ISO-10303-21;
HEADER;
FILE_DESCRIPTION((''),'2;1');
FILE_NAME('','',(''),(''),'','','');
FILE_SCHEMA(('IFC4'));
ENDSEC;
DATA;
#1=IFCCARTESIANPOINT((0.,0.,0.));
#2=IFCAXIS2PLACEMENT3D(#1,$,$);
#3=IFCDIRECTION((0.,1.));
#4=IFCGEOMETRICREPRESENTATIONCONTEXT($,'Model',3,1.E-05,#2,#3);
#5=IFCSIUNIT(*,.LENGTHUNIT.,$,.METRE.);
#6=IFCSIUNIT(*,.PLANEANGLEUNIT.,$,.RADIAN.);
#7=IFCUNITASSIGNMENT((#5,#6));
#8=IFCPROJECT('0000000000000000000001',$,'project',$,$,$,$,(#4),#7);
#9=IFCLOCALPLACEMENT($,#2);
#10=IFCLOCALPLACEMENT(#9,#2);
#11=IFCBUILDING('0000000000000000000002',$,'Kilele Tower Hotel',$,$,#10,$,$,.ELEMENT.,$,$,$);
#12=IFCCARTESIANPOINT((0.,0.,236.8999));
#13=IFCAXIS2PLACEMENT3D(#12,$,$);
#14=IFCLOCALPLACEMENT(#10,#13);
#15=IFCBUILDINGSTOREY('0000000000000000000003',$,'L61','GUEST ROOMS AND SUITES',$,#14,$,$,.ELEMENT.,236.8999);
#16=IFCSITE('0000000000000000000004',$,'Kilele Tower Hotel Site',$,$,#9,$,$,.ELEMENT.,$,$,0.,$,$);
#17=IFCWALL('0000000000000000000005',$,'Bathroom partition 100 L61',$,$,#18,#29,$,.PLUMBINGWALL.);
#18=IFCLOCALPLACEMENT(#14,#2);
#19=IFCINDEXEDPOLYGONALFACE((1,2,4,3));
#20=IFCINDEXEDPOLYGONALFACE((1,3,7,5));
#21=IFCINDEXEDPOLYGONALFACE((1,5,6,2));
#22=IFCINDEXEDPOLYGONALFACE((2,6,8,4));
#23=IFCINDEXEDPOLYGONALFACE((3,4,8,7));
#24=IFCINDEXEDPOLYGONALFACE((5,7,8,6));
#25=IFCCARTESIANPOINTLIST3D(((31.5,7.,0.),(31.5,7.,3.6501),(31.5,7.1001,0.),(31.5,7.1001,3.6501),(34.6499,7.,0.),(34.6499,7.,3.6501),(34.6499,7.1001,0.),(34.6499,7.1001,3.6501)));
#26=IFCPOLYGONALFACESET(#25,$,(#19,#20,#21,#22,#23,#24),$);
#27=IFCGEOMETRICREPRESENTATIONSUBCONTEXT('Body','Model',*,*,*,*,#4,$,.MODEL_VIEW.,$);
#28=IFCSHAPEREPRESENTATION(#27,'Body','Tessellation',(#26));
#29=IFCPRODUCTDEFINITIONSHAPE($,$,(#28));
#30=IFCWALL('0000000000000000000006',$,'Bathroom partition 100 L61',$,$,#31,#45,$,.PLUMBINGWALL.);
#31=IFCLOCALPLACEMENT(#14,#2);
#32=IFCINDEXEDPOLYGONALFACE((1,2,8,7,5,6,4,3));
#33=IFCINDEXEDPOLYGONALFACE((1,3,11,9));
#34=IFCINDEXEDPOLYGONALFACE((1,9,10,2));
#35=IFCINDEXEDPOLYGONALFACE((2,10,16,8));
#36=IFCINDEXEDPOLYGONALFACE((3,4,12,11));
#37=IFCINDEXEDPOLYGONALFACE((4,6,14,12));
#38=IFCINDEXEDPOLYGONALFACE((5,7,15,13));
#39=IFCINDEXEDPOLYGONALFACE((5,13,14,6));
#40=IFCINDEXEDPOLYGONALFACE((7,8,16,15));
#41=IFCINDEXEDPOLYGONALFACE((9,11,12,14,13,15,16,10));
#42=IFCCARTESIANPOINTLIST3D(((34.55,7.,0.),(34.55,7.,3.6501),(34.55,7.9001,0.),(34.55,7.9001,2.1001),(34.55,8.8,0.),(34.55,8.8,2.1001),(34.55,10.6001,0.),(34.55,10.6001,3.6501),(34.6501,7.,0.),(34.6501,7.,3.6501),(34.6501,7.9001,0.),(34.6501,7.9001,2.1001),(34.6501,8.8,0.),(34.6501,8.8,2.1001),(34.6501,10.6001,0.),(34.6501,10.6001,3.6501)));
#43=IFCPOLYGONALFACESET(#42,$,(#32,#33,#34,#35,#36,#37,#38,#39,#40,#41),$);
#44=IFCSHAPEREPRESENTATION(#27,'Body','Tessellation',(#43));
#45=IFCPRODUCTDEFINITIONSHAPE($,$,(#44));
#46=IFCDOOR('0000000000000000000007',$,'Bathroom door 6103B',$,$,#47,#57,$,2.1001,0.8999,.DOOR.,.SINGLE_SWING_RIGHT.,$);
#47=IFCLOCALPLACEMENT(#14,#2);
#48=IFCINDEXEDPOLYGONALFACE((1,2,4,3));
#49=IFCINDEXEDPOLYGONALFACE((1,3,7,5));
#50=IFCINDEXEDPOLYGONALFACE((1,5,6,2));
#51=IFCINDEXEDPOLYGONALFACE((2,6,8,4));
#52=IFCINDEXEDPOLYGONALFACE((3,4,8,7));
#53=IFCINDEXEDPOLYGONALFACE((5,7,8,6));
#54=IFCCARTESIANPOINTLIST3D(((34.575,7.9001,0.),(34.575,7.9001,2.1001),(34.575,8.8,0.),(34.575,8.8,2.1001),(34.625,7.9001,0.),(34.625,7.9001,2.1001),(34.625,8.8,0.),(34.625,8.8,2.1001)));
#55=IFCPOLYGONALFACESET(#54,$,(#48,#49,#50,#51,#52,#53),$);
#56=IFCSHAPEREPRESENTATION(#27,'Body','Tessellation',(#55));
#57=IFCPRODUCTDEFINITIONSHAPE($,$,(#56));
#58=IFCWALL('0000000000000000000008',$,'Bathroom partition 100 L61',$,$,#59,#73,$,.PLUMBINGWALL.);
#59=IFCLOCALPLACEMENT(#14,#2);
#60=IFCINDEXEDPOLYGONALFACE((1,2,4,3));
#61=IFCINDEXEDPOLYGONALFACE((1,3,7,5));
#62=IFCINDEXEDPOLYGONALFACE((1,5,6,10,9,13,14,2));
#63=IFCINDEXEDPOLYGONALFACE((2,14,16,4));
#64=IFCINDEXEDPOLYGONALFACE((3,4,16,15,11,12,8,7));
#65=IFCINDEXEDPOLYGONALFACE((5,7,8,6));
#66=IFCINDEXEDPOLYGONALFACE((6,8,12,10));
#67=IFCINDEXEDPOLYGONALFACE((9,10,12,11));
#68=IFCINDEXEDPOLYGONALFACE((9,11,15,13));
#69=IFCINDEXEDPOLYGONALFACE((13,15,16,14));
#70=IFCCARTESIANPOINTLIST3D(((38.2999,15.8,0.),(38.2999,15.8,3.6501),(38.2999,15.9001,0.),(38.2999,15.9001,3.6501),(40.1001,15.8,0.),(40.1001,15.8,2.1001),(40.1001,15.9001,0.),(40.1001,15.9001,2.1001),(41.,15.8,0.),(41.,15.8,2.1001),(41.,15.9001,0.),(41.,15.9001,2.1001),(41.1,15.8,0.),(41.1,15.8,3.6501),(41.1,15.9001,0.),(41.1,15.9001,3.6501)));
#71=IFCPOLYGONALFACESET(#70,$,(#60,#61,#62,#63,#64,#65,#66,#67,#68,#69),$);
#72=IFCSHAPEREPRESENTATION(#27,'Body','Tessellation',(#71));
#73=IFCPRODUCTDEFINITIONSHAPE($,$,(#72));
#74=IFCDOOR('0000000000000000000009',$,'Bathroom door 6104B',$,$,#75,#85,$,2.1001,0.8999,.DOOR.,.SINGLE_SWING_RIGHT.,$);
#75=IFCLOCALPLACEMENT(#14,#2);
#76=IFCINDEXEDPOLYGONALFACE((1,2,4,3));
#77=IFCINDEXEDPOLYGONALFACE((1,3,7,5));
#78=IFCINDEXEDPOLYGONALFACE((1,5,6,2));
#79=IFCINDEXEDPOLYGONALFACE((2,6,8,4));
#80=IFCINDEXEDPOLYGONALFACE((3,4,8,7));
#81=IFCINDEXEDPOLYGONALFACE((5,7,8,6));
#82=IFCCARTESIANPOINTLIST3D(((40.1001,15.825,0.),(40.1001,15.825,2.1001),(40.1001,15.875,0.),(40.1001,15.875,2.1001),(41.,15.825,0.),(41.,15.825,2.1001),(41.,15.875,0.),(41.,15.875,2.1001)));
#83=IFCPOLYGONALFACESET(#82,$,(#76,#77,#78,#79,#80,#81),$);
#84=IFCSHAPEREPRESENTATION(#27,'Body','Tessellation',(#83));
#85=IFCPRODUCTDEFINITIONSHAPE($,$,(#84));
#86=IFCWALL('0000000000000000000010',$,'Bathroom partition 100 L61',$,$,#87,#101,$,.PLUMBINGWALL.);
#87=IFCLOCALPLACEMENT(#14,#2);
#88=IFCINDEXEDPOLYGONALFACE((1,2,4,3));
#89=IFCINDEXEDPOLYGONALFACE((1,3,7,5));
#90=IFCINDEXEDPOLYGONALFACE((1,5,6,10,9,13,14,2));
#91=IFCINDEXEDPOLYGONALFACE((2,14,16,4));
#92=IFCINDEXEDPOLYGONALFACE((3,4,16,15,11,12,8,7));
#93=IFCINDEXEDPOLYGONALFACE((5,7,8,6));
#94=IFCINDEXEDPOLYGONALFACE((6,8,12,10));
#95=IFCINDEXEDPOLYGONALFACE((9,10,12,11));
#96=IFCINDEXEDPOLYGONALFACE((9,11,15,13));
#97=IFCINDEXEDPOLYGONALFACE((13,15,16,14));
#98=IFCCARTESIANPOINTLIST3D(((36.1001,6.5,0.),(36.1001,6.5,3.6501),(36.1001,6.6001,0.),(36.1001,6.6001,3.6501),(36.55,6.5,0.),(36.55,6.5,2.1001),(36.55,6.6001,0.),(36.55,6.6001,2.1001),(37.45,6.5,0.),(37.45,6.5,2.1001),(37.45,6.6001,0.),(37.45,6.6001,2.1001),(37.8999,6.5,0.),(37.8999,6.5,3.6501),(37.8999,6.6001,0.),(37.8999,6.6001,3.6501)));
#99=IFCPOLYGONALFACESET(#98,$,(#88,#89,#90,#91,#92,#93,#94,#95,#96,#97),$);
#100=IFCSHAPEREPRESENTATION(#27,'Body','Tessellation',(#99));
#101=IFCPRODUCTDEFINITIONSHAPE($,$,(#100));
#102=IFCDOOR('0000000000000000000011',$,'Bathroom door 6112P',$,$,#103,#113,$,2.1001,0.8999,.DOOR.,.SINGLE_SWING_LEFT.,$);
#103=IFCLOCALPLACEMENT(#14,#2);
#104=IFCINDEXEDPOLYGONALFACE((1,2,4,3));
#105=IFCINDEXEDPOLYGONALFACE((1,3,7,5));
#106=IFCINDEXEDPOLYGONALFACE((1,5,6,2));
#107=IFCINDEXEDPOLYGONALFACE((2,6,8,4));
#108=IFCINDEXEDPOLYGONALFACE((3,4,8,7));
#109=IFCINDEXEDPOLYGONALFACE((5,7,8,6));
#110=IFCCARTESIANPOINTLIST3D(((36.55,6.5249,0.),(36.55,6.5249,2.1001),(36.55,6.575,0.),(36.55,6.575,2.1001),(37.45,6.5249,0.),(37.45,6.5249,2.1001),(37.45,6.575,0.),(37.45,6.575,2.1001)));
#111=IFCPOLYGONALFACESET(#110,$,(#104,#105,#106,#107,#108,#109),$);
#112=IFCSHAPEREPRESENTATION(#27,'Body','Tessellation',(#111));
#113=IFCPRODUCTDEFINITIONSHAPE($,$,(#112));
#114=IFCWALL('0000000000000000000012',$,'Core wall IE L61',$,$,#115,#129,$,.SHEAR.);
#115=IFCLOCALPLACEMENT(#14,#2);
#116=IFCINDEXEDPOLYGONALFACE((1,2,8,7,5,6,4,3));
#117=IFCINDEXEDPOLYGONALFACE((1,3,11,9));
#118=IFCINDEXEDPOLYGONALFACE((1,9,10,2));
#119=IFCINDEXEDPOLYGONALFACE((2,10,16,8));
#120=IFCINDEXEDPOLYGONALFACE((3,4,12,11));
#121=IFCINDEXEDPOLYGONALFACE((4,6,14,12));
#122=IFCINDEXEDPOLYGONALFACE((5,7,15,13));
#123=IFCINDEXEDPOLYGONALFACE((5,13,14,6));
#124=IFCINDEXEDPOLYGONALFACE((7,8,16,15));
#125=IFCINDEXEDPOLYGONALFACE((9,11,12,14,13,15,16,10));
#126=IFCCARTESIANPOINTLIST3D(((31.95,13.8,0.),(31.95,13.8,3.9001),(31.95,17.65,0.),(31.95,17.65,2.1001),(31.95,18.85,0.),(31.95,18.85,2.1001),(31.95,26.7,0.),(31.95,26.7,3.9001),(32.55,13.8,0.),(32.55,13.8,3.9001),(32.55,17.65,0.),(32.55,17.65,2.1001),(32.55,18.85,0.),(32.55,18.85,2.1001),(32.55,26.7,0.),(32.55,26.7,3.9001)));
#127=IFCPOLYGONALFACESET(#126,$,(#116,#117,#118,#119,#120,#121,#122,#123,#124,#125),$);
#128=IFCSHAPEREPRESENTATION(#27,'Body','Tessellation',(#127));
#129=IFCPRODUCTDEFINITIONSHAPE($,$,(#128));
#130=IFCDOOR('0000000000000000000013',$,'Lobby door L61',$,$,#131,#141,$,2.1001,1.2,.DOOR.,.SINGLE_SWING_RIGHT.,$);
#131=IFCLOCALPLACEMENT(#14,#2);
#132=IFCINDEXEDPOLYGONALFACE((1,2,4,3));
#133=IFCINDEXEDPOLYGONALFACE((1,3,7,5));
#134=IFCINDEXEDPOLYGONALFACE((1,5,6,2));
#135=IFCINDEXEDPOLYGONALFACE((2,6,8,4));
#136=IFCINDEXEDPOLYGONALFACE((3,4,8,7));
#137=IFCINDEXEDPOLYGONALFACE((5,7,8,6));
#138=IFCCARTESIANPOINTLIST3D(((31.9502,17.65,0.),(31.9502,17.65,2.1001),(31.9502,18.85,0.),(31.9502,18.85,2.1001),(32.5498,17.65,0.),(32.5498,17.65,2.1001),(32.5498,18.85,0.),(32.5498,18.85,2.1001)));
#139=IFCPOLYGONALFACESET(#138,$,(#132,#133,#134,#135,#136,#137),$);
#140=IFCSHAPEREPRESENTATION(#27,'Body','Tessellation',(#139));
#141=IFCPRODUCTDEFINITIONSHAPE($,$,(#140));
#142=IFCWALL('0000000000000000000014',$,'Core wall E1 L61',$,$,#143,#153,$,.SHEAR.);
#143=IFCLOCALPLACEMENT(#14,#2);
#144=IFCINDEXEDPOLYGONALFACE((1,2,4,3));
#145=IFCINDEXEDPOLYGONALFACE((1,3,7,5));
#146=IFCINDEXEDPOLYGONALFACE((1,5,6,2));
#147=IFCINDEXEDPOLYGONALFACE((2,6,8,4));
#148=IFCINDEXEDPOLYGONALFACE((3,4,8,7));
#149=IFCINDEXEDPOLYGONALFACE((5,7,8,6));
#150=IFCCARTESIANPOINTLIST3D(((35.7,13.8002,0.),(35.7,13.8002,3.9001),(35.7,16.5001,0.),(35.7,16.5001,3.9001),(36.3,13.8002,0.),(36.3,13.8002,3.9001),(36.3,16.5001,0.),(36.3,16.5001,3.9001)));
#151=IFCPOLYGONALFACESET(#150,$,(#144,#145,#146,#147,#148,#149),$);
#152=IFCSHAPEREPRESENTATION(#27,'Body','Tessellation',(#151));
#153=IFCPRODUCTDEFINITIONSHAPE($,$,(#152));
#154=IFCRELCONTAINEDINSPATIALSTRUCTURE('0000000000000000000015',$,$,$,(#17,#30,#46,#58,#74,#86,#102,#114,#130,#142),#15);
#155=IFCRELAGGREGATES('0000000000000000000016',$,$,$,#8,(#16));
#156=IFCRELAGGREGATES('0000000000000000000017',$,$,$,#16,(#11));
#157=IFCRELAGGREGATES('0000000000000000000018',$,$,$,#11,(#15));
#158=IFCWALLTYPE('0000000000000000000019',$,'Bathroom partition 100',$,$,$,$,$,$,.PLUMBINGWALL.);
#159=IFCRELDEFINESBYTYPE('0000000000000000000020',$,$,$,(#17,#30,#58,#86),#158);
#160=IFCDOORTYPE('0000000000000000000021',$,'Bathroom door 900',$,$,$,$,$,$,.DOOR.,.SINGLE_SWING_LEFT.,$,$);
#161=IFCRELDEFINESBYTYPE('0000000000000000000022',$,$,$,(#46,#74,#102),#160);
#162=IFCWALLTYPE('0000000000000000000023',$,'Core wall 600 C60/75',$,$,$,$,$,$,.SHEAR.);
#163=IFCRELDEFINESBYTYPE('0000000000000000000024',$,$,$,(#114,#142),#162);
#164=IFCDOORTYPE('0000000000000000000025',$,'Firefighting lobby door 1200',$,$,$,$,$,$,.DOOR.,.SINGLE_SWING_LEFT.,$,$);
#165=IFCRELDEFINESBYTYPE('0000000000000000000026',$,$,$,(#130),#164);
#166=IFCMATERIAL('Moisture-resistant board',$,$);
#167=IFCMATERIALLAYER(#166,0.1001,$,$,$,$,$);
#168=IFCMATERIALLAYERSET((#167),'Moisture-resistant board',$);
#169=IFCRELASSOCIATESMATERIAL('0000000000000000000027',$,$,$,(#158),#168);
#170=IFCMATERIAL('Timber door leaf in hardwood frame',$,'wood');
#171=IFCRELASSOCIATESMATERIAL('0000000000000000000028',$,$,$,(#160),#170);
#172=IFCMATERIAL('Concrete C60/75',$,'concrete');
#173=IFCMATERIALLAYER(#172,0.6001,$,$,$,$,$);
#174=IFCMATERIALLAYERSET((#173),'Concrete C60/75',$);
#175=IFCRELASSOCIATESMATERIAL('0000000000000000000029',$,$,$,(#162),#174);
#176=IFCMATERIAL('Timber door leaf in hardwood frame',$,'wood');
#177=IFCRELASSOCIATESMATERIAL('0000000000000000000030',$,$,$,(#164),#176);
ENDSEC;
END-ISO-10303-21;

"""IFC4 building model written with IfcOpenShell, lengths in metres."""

from ifc_helpers import new_model, si_unit, direction, frame, frame_2d, origin, place, context, subcontext, project, spatial, rectangle, extrude, material, layer, layer_set, type_object, element, fill, save


model = new_model("IFC4")

# Units and contexts
model_context = context("Model", 3, precision=1e-05, world=origin(), true_north=direction((0.0, 1.0)))
body_context = subcontext(model_context, "Body", "Model", "MODEL_VIEW")
ifc_project = project(units=[si_unit("LENGTHUNIT", "METRE"), si_unit("PLANEANGLEUNIT", "RADIAN")], contexts=[model_context])

# Site, building, storey
site_placement = place(None, origin())
site = spatial("IfcSite", under=ifc_project, at=site_placement, Name="Kilele Tower Hotel Site", CompositionType="ELEMENT", RefElevation=0.0)
building_placement = place(site_placement, origin())
building = spatial("IfcBuilding", under=site, at=building_placement, Name="Kilele Tower Hotel", CompositionType="ELEMENT")
storey_placement = place(building_placement, frame((0.0, 0.0, 236.8999)))
storey = spatial("IfcBuildingStorey", under=building, at=storey_placement, Name="L61", Description="GUEST ROOMS AND SUITES", CompositionType="ELEMENT", Elevation=236.8999)

# Wall
ifc_material_1 = material(Name="Moisture-resistant board")
ifc_layer_1 = layer(ifc_material_1, 0.1001)
ifc_layer_set_1 = layer_set([ifc_layer_1], Name="Moisture-resistant board")
wall_type_1 = type_object("IfcWallType", Name="Bathroom partition 100", PredefinedType="PLUMBINGWALL", material=ifc_layer_set_1)
wall_1_placement = place(storey_placement, frame((31.5, 7.05, 0.0), z_axis=(0.0, 0.0, 1.0), x_axis=(1.0, 0.0, 0.0)))
element("IfcWall", 1, at=wall_1_placement, inside=storey, type_object=wall_type_1, Name="Bathroom partition 100 L61", PredefinedType="PLUMBINGWALL", context=body_context, shape_type="SweptSolid", body=[
    extrude(rectangle(XDim=3.1499, YDim=0.1001, at=frame_2d((1.575, 0.0))), origin(), (0.0, 0.0, 1.0), 3.6501),
])

# Walls, openings, doors
wall_2_placement = place(storey_placement, frame((34.6001, 10.6001, 0.0), z_axis=(0.0, 0.0, 1.0), x_axis=(0.0, -1.0, 0.0)))
wall_2 = element("IfcWall", 2, at=wall_2_placement, inside=storey, type_object=wall_type_1, Name="Bathroom partition 100 L61", PredefinedType="PLUMBINGWALL", context=body_context, shape_type="SweptSolid", body=[
    extrude(rectangle(XDim=3.6001, YDim=0.1001, at=frame_2d((1.8, 0.0))), origin(), (0.0, 0.0, 1.0), 3.6501),
])
opening_1_placement = place(wall_2_placement, frame((1.8, 0.0, 0.0)))
opening_1 = element("IfcOpeningElement", 3, at=opening_1_placement, cuts=wall_2, PredefinedType="OPENING", context=body_context, shape_type="SweptSolid", body=[
    extrude(rectangle(XDim=0.8999, YDim=2.1001, at=frame_2d((0.45, 1.05))), frame((0.0, 0.0601, 0.0), z_axis=(0.0, -1.0, 0.0), x_axis=(1.0, 0.0, 0.0)), (0.0, 0.0, 1.0), 0.1201),
])
ifc_material_2 = material(Name="Timber door leaf in hardwood frame", Category="wood")
door_type_1 = type_object("IfcDoorType", Name="Bathroom door 900", OperationType="SINGLE_SWING_LEFT", PredefinedType="DOOR", material=ifc_material_2)
door_1_placement = place(opening_1_placement, origin())
door_1 = element("IfcDoor", 4, at=door_1_placement, inside=storey, type_object=door_type_1, Name="Bathroom door 6103B", OperationType="SINGLE_SWING_RIGHT", OverallHeight=2.1001, OverallWidth=0.8999, PredefinedType="DOOR", context=body_context, shape_type="SweptSolid", body=[
    extrude(rectangle(XDim=0.8999, YDim=2.1001, at=frame_2d((0.45, 1.05))), frame((0.0, 0.0249, 0.0), z_axis=(0.0, -1.0, 0.0), x_axis=(1.0, 0.0, 0.0)), (0.0, 0.0, 1.0), 0.05),
])
fill(opening_1, door_1)
wall_3_placement = place(storey_placement, frame((38.3, 15.8501, 0.0), z_axis=(0.0, 0.0, 1.0), x_axis=(1.0, 0.0, 0.0)))
wall_3 = element("IfcWall", 5, at=wall_3_placement, inside=storey, type_object=wall_type_1, Name="Bathroom partition 100 L61", PredefinedType="PLUMBINGWALL", context=body_context, shape_type="SweptSolid", body=[
    extrude(rectangle(XDim=2.8, YDim=0.1001, at=frame_2d((1.3999, 0.0))), origin(), (0.0, 0.0, 1.0), 3.6501),
])
opening_2_placement = place(wall_3_placement, frame((1.8, 0.0, 0.0)))
opening_2 = element("IfcOpeningElement", 6, at=opening_2_placement, cuts=wall_3, PredefinedType="OPENING", context=body_context, shape_type="SweptSolid", body=[
    extrude(rectangle(XDim=0.8999, YDim=2.1001, at=frame_2d((0.45, 1.05))), frame((0.0, 0.0601, 0.0), z_axis=(0.0, -1.0, 0.0), x_axis=(1.0, 0.0, 0.0)), (0.0, 0.0, 1.0), 0.1201),
])
door_2_placement = place(opening_2_placement, origin())
door_2 = element("IfcDoor", 7, at=door_2_placement, inside=storey, type_object=door_type_1, Name="Bathroom door 6104B", OperationType="SINGLE_SWING_RIGHT", OverallHeight=2.1001, OverallWidth=0.8999, PredefinedType="DOOR", context=body_context, shape_type="SweptSolid", body=[
    extrude(rectangle(XDim=0.8999, YDim=2.1001, at=frame_2d((0.45, 1.05))), frame((0.0, 0.0249, 0.0), z_axis=(0.0, -1.0, 0.0), x_axis=(1.0, 0.0, 0.0)), (0.0, 0.0, 1.0), 0.05),
])
fill(opening_2, door_2)
wall_4_placement = place(storey_placement, frame((36.1001, 6.55, 0.0), z_axis=(0.0, 0.0, 1.0), x_axis=(1.0, 0.0, 0.0)))
wall_4 = element("IfcWall", 8, at=wall_4_placement, inside=storey, type_object=wall_type_1, Name="Bathroom partition 100 L61", PredefinedType="PLUMBINGWALL", context=body_context, shape_type="SweptSolid", body=[
    extrude(rectangle(XDim=1.7998, YDim=0.1001, at=frame_2d((0.8999, 0.0))), origin(), (0.0, 0.0, 1.0), 3.6501),
])
opening_3_placement = place(wall_4_placement, frame((0.45, 0.0, 0.0)))
opening_3 = element("IfcOpeningElement", 9, at=opening_3_placement, cuts=wall_4, PredefinedType="OPENING", context=body_context, shape_type="SweptSolid", body=[
    extrude(rectangle(XDim=0.8999, YDim=2.1001, at=frame_2d((0.45, 1.05))), frame((0.0, 0.0601, 0.0), z_axis=(0.0, -1.0, 0.0), x_axis=(1.0, 0.0, 0.0)), (0.0, 0.0, 1.0), 0.1201),
])
door_3_placement = place(opening_3_placement, origin())
door_3 = element("IfcDoor", 10, at=door_3_placement, inside=storey, type_object=door_type_1, Name="Bathroom door 6112P", OperationType="SINGLE_SWING_LEFT", OverallHeight=2.1001, OverallWidth=0.8999, PredefinedType="DOOR", context=body_context, shape_type="SweptSolid", body=[
    extrude(rectangle(XDim=0.8999, YDim=2.1001, at=frame_2d((0.45, 1.05))), frame((0.0, 0.0249, 0.0), z_axis=(0.0, -1.0, 0.0), x_axis=(1.0, 0.0, 0.0)), (0.0, 0.0, 1.0), 0.05),
])
fill(opening_3, door_3)
ifc_material_3 = material(Name="Concrete C60/75", Category="concrete")
ifc_layer_2 = layer(ifc_material_3, 0.6001)
ifc_layer_set_2 = layer_set([ifc_layer_2], Name="Concrete C60/75")
wall_type_2 = type_object("IfcWallType", Name="Core wall 600 C60/75", PredefinedType="SHEAR", material=ifc_layer_set_2)
wall_5_placement = place(storey_placement, frame((32.25, 13.8, 0.0), z_axis=(0.0, 0.0, 1.0), x_axis=(0.0, 1.0, 0.0)))
wall_5 = element("IfcWall", 11, at=wall_5_placement, inside=storey, type_object=wall_type_2, Name="Core wall IE L61", PredefinedType="SHEAR", context=body_context, shape_type="SweptSolid", body=[
    extrude(rectangle(XDim=12.8999, YDim=0.6001, at=frame_2d((6.45, 0.0))), origin(), (0.0, 0.0, 1.0), 3.9001),
])
opening_4_placement = place(wall_5_placement, frame((5.05, 0.0, 0.0), z_axis=(0.0, 0.0, 1.0), x_axis=(-1.0, 0.0, 0.0)))
opening_4 = element("IfcOpeningElement", 12, at=opening_4_placement, cuts=wall_5, PredefinedType="OPENING", context=body_context, shape_type="SweptSolid", body=[
    extrude(rectangle(XDim=1.2, YDim=2.1001, at=frame_2d((0.6001, 1.05))), frame((0.0, 0.3101, 0.0), z_axis=(0.0, -1.0, 0.0), x_axis=(1.0, 0.0, 0.0)), (0.0, 0.0, 1.0), 0.6201),
])
ifc_material_4 = material(Name="Timber door leaf in hardwood frame", Category="wood")
door_type_2 = type_object("IfcDoorType", Name="Firefighting lobby door 1200", OperationType="SINGLE_SWING_LEFT", PredefinedType="DOOR", material=ifc_material_4)
door_4_placement = place(opening_4_placement, origin())
door_4 = element("IfcDoor", 13, at=door_4_placement, inside=storey, type_object=door_type_2, Name="Lobby door L61", OperationType="SINGLE_SWING_RIGHT", OverallHeight=2.1001, OverallWidth=1.2, PredefinedType="DOOR", context=body_context, shape_type="SweptSolid", body=[
    extrude(rectangle(XDim=1.2, YDim=2.1001, at=frame_2d((0.6001, 1.05))), frame((0.0, 0.2998, 0.0), z_axis=(0.0, -1.0, 0.0), x_axis=(1.0, 0.0, 0.0)), (0.0, 0.0, 1.0), 0.5996),
])
fill(opening_4, door_4)

# Wall
wall_6_placement = place(storey_placement, frame((36.0, 13.8, 0.0), z_axis=(0.0, 0.0, 1.0), x_axis=(0.0, 1.0, 0.0)))
element("IfcWall", 14, at=wall_6_placement, inside=storey, type_object=wall_type_2, Name="Core wall E1 L61", PredefinedType="SHEAR", context=body_context, shape_type="SweptSolid", body=[
    extrude(rectangle(XDim=2.7, YDim=0.6001, at=frame_2d((1.3501, 0.0))), origin(), (0.0, 0.0, 1.0), 3.9001),
])

save(model, "model.ifc")
